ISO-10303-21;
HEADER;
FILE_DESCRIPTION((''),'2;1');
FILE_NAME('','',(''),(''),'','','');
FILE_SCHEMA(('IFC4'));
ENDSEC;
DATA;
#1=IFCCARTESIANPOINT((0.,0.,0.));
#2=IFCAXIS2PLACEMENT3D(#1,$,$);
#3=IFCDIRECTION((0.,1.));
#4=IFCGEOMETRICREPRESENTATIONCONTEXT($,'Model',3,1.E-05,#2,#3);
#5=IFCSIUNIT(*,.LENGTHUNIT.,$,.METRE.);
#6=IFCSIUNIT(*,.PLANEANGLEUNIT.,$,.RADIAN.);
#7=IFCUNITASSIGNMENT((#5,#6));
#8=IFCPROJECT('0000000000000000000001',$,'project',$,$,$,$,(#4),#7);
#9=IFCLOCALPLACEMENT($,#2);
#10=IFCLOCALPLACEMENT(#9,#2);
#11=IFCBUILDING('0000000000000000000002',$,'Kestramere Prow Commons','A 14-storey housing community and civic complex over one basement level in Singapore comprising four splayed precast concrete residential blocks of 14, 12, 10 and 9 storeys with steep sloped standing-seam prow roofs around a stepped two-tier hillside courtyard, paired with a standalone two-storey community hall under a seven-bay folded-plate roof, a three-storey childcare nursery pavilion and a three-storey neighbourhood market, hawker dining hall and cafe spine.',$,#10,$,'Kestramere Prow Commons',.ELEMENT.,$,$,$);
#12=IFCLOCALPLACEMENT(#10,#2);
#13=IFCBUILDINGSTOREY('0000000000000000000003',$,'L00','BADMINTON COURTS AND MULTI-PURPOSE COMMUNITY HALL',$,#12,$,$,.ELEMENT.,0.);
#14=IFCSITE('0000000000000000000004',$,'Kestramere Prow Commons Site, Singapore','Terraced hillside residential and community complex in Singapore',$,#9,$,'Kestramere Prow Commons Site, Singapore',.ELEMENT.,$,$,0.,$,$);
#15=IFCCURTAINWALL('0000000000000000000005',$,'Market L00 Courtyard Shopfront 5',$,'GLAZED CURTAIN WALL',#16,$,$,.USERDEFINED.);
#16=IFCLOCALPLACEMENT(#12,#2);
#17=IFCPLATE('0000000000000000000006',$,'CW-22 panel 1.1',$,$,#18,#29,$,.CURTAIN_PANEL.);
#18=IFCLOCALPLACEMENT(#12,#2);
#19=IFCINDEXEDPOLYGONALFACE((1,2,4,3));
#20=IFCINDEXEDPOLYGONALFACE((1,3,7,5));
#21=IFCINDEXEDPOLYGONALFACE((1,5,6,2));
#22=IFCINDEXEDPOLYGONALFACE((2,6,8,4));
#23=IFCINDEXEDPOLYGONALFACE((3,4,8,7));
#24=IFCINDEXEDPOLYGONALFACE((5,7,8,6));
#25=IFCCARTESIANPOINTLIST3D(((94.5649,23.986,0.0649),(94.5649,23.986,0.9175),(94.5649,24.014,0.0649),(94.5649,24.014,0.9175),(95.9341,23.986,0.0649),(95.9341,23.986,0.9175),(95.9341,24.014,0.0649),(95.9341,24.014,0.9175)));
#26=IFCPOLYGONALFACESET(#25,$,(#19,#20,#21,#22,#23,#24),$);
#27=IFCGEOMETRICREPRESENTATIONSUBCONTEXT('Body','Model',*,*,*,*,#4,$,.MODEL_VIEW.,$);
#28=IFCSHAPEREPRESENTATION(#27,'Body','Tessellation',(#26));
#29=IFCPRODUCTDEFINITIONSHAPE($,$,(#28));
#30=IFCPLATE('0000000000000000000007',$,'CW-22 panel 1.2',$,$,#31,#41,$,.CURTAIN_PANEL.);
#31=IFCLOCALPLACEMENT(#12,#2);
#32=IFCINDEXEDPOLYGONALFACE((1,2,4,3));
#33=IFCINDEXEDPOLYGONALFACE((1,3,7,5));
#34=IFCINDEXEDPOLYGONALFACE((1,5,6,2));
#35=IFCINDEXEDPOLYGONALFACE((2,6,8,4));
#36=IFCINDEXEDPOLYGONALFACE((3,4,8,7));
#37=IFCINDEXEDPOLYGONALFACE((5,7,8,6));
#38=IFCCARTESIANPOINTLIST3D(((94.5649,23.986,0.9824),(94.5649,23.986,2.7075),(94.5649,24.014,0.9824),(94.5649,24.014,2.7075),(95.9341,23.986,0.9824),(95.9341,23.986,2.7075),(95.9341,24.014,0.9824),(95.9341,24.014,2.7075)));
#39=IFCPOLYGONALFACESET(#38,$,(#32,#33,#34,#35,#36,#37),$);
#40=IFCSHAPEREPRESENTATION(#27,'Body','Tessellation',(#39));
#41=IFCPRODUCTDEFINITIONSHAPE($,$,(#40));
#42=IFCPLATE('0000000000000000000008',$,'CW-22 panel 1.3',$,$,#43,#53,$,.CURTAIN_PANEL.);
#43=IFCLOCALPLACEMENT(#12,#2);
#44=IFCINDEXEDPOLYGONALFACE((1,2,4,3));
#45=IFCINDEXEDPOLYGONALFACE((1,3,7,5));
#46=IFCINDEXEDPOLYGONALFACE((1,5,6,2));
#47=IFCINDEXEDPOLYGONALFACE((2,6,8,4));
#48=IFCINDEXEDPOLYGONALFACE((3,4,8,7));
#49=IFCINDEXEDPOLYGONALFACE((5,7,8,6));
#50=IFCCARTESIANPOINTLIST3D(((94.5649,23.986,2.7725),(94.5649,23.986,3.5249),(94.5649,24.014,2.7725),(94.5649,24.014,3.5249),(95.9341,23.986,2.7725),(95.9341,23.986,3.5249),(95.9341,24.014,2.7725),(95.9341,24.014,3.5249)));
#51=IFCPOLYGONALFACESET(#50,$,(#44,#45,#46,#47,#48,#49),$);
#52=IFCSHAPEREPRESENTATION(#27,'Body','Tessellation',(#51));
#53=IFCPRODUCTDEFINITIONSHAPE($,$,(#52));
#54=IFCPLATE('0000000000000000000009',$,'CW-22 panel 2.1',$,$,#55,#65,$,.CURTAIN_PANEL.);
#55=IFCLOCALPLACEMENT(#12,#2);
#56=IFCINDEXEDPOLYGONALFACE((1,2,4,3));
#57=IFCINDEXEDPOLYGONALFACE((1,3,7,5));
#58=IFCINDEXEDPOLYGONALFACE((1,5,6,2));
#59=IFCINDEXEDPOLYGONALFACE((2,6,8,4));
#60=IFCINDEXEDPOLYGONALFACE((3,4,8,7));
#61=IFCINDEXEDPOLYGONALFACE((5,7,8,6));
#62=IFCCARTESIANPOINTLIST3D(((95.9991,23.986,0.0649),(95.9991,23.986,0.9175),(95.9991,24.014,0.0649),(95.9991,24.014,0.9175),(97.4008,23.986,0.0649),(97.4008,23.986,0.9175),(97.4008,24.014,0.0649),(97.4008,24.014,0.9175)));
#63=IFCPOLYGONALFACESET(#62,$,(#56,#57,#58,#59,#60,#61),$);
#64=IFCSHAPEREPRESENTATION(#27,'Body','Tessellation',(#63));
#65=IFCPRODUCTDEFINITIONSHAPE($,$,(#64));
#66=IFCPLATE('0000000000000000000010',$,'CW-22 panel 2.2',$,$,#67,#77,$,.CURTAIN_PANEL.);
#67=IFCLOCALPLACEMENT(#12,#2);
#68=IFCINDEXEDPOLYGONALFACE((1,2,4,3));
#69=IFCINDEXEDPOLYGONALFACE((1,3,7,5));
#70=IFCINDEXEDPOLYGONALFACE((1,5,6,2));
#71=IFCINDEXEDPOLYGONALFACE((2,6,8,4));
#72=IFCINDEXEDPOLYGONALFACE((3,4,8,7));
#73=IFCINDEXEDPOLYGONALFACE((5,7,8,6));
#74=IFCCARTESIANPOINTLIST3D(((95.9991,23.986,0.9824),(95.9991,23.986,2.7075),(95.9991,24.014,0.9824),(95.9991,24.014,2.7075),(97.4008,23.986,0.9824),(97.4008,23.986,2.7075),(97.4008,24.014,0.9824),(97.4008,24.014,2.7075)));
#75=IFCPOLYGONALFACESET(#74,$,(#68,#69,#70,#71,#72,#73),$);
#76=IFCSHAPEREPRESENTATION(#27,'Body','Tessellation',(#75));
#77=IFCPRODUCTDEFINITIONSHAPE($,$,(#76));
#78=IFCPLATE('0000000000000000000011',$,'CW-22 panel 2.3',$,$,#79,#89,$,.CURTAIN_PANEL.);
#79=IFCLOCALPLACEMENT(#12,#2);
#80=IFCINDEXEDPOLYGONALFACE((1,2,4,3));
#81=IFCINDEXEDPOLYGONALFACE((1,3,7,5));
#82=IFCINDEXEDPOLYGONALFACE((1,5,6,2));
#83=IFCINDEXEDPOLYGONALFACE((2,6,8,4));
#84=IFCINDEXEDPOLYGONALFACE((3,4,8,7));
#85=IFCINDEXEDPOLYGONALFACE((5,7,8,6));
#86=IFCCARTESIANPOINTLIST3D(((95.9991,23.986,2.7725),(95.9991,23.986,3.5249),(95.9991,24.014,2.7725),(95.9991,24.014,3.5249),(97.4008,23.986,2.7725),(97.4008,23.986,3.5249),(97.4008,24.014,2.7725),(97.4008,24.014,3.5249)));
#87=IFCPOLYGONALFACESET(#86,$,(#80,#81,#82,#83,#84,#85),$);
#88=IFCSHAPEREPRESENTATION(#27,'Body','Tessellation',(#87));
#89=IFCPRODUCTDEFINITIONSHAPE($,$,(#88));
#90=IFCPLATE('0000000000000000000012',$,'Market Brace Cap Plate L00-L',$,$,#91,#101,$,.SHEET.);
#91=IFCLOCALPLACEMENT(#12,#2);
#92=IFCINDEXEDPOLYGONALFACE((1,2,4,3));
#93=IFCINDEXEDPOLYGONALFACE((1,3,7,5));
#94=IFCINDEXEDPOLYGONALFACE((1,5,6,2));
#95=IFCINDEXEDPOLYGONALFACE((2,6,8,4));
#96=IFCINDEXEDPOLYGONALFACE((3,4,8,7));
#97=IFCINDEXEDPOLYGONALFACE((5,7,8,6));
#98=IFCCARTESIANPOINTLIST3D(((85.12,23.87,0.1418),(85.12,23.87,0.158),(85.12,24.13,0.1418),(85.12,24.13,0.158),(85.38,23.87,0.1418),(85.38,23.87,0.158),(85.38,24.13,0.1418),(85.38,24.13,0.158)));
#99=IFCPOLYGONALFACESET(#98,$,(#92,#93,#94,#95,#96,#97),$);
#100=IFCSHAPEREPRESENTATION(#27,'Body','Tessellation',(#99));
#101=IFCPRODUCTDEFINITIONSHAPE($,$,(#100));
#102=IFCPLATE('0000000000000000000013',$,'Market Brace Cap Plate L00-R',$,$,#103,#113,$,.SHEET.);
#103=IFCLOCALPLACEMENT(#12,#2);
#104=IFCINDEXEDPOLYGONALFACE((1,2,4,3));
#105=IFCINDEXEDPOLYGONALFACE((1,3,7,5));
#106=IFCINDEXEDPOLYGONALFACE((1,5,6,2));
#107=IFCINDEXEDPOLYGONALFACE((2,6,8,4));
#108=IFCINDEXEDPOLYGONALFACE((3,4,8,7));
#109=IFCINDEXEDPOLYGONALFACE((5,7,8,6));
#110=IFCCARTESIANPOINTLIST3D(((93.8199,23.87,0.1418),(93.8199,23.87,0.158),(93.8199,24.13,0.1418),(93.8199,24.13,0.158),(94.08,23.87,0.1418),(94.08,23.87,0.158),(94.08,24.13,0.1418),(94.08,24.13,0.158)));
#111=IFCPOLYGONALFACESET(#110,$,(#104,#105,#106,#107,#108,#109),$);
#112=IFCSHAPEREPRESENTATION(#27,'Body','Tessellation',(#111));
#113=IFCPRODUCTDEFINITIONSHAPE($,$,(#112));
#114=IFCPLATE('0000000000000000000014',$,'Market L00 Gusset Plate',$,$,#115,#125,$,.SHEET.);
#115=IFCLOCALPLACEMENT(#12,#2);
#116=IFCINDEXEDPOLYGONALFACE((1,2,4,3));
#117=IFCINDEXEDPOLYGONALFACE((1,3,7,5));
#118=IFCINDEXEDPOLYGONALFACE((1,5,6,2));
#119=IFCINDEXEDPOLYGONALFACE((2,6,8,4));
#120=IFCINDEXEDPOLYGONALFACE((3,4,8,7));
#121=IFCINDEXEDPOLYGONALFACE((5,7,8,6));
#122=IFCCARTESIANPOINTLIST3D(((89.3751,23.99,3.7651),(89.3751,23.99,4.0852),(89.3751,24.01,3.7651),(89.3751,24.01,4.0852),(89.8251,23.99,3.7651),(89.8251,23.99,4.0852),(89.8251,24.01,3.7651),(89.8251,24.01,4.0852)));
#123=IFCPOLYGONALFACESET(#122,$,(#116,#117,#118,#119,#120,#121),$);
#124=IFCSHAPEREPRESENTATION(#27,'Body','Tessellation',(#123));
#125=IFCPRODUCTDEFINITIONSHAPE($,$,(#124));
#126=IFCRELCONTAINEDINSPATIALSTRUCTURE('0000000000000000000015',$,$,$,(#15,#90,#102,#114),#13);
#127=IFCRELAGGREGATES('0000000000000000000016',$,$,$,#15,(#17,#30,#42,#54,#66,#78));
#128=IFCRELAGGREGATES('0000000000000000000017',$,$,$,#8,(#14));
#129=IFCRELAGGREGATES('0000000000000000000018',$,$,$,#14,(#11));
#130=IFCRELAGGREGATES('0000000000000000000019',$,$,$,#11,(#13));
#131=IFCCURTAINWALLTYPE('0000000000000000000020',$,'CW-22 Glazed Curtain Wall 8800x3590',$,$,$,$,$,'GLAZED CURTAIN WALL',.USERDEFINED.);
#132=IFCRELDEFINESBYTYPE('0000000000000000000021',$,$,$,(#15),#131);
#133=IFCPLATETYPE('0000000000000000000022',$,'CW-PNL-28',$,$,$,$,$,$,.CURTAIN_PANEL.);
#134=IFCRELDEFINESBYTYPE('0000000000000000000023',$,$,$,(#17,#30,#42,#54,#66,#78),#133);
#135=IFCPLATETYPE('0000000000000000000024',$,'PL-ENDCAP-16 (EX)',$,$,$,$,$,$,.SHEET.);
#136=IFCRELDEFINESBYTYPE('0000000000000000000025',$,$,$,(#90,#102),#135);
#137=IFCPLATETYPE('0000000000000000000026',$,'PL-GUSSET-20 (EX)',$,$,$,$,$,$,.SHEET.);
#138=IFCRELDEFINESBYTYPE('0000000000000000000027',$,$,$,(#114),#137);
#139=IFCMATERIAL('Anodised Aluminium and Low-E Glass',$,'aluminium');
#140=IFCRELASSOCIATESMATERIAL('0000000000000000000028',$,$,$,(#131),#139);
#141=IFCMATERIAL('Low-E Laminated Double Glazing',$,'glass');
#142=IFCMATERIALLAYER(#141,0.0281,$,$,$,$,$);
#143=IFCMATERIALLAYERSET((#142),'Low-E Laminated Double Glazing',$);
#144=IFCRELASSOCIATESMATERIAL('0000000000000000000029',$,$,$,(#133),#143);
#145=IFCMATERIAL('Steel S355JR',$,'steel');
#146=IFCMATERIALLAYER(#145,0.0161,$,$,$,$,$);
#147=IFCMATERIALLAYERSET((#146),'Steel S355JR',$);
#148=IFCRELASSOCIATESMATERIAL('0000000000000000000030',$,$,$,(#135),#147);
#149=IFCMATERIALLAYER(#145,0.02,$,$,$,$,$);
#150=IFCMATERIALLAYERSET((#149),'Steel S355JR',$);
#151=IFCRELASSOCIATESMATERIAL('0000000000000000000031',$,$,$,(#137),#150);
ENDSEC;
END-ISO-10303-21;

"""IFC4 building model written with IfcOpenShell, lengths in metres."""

from ifc_helpers import new_model, si_unit, direction, frame, origin, origin_2d, place, context, subcontext, project, spatial, rectangle, extrude, material, layer, layer_set, type_object, element, aggregate, save


model = new_model("IFC4")

# Units and contexts
model_context = context("Model", 3, precision=1e-05, world=origin(), true_north=direction((0.0, 1.0)))
body_context = subcontext(model_context, "Body", "Model", "MODEL_VIEW")
ifc_project = project(units=[si_unit("LENGTHUNIT", "METRE"), si_unit("PLANEANGLEUNIT", "RADIAN")], contexts=[model_context])

# Site, building, storey
site_placement = place(None, origin())
site = spatial("IfcSite", under=ifc_project, at=site_placement, Name="Kestramere Prow Commons Site, Singapore", Description="Terraced hillside residential and community complex in Singapore", LongName="Kestramere Prow Commons Site, Singapore", CompositionType="ELEMENT", RefElevation=0.0)
building_placement = place(site_placement, origin())
building = spatial("IfcBuilding", under=site, at=building_placement, Name="Kestramere Prow Commons", Description="A 14-storey housing community and civic complex over one basement level in Singapore comprising four splayed precast concrete residential blocks of 14, 12, 10 and 9 storeys with steep sloped standing-seam prow roofs around a stepped two-tier hillside courtyard, paired with a standalone two-storey community hall under a seven-bay folded-plate roof, a three-storey childcare nursery pavilion and a three-storey neighbourhood market, hawker dining hall and cafe spine.", LongName="Kestramere Prow Commons", CompositionType="ELEMENT")
storey_placement = place(building_placement, origin())
storey = spatial("IfcBuildingStorey", under=building, at=storey_placement, Name="L00", Description="BADMINTON COURTS AND MULTI-PURPOSE COMMUNITY HALL", CompositionType="ELEMENT", Elevation=0.0)

# Shared definitions
ifc_material_1 = material(Name="Steel S355JR", Category="steel")

# Shared definitions
ifc_material_2 = material(Name="Anodised Aluminium and Low-E Glass", Category="aluminium")

# Curtain wall
curtain_wall_type_1 = type_object("IfcCurtainWallType", Name="CW-22 Glazed Curtain Wall 8800x3590", ElementType="GLAZED CURTAIN WALL", PredefinedType="USERDEFINED", material=ifc_material_2)
curtain_wall_1_placement = place(storey_placement, origin())
curtain_wall_1 = element("IfcCurtainWall", 1, at=curtain_wall_1_placement, inside=storey, type_object=curtain_wall_type_1, Name="Market L00 Courtyard Shopfront 5", ObjectType="GLAZED CURTAIN WALL", PredefinedType="USERDEFINED")

# Plates
ifc_material_3 = material(Name="Low-E Laminated Double Glazing", Category="glass")
ifc_layer_1 = layer(ifc_material_3, 0.0281)
ifc_layer_set_1 = layer_set([ifc_layer_1], Name="Low-E Laminated Double Glazing")
plate_type_1 = type_object("IfcPlateType", Name="CW-PNL-28", PredefinedType="CURTAIN_PANEL", material=ifc_layer_set_1)
plate_1_placement = place(storey_placement, frame((95.2495, 24.0, 0.0649), z_axis=(0.0, 0.0, 1.0), x_axis=(1.0, 0.0, 0.0)))
plate_1 = element("IfcPlate", 2, at=plate_1_placement, type_object=plate_type_1, Name="CW-22 panel 1.1", PredefinedType="CURTAIN_PANEL", context=body_context, shape_type="SweptSolid", body=[
    extrude(rectangle(XDim=1.3691, YDim=0.0281, at=origin_2d()), origin(), (0.0, 0.0, 1.0), 0.8525),
])
plate_2_placement = place(storey_placement, frame((95.2495, 24.0, 0.9824), z_axis=(0.0, 0.0, 1.0), x_axis=(1.0, 0.0, 0.0)))
plate_2 = element("IfcPlate", 3, at=plate_2_placement, type_object=plate_type_1, Name="CW-22 panel 1.2", PredefinedType="CURTAIN_PANEL", context=body_context, shape_type="SweptSolid", body=[
    extrude(rectangle(XDim=1.3691, YDim=0.0281, at=origin_2d()), origin(), (0.0, 0.0, 1.0), 1.7251),
])
plate_3_placement = place(storey_placement, frame((95.2495, 24.0, 2.7725), z_axis=(0.0, 0.0, 1.0), x_axis=(1.0, 0.0, 0.0)))
plate_3 = element("IfcPlate", 4, at=plate_3_placement, type_object=plate_type_1, Name="CW-22 panel 1.3", PredefinedType="CURTAIN_PANEL", context=body_context, shape_type="SweptSolid", body=[
    extrude(rectangle(XDim=1.3691, YDim=0.0281, at=origin_2d()), origin(), (0.0, 0.0, 1.0), 0.7524),
])
plate_4_placement = place(storey_placement, frame((96.7, 24.0, 0.0649), z_axis=(0.0, 0.0, 1.0), x_axis=(1.0, 0.0, 0.0)))
plate_4 = element("IfcPlate", 5, at=plate_4_placement, type_object=plate_type_1, Name="CW-22 panel 2.1", PredefinedType="CURTAIN_PANEL", context=body_context, shape_type="SweptSolid", body=[
    extrude(rectangle(XDim=1.4016, YDim=0.0281, at=origin_2d()), origin(), (0.0, 0.0, 1.0), 0.8525),
])
plate_5_placement = place(storey_placement, frame((96.7, 24.0, 0.9824), z_axis=(0.0, 0.0, 1.0), x_axis=(1.0, 0.0, 0.0)))
plate_5 = element("IfcPlate", 6, at=plate_5_placement, type_object=plate_type_1, Name="CW-22 panel 2.2", PredefinedType="CURTAIN_PANEL", context=body_context, shape_type="SweptSolid", body=[
    extrude(rectangle(XDim=1.4016, YDim=0.0281, at=origin_2d()), origin(), (0.0, 0.0, 1.0), 1.7251),
])
plate_6_placement = place(storey_placement, frame((96.7, 24.0, 2.7725), z_axis=(0.0, 0.0, 1.0), x_axis=(1.0, 0.0, 0.0)))
plate_6 = element("IfcPlate", 7, at=plate_6_placement, type_object=plate_type_1, Name="CW-22 panel 2.3", PredefinedType="CURTAIN_PANEL", context=body_context, shape_type="SweptSolid", body=[
    extrude(rectangle(XDim=1.4016, YDim=0.0281, at=origin_2d()), origin(), (0.0, 0.0, 1.0), 0.7524),
])
aggregate(curtain_wall_1, [plate_1, plate_2, plate_3, plate_4, plate_5, plate_6])

# Plates
ifc_layer_2 = layer(ifc_material_1, 0.0161)
ifc_layer_set_2 = layer_set([ifc_layer_2], Name="Steel S355JR")
plate_type_2 = type_object("IfcPlateType", Name="PL-ENDCAP-16 (EX)", PredefinedType="SHEET", material=ifc_layer_set_2)
for number, where, z_axis, x_axis, name in (
    (8, (85.25, 24.0, 0.1418), (0.0, 0.0, 1.0), (1.0, 0.0, 0.0), "Market Brace Cap Plate L00-L"),
    (9, (93.95, 24.0, 0.1418), (0.0, 0.0, 1.0), (1.0, 0.0, 0.0), "Market Brace Cap Plate L00-R"),
):
    element("IfcPlate", number, at=place(storey_placement, frame(where, z_axis=z_axis, x_axis=x_axis)), inside=storey, type_object=plate_type_2, Name=name, PredefinedType="SHEET", context=body_context, shape_type="SweptSolid", body=[
        extrude(rectangle(XDim=0.26, YDim=0.26, at=origin_2d()), origin(), (0.0, 0.0, 1.0), 0.0161),
    ])
ifc_layer_3 = layer(ifc_material_1, 0.02)
ifc_layer_set_3 = layer_set([ifc_layer_3], Name="Steel S355JR")
plate_type_3 = type_object("IfcPlateType", Name="PL-GUSSET-20 (EX)", PredefinedType="SHEET", material=ifc_layer_set_3)
plate_7_placement = place(storey_placement, frame((89.6001, 24.0, 3.7651), z_axis=(0.0, 0.0, 1.0), x_axis=(1.0, 0.0, 0.0)))
element("IfcPlate", 10, at=plate_7_placement, inside=storey, type_object=plate_type_3, Name="Market L00 Gusset Plate", PredefinedType="SHEET", context=body_context, shape_type="SweptSolid", body=[
    extrude(rectangle(XDim=0.45, YDim=0.02, at=origin_2d()), origin(), (0.0, 0.0, 1.0), 0.3201),
])

save(model, "model.ifc")
